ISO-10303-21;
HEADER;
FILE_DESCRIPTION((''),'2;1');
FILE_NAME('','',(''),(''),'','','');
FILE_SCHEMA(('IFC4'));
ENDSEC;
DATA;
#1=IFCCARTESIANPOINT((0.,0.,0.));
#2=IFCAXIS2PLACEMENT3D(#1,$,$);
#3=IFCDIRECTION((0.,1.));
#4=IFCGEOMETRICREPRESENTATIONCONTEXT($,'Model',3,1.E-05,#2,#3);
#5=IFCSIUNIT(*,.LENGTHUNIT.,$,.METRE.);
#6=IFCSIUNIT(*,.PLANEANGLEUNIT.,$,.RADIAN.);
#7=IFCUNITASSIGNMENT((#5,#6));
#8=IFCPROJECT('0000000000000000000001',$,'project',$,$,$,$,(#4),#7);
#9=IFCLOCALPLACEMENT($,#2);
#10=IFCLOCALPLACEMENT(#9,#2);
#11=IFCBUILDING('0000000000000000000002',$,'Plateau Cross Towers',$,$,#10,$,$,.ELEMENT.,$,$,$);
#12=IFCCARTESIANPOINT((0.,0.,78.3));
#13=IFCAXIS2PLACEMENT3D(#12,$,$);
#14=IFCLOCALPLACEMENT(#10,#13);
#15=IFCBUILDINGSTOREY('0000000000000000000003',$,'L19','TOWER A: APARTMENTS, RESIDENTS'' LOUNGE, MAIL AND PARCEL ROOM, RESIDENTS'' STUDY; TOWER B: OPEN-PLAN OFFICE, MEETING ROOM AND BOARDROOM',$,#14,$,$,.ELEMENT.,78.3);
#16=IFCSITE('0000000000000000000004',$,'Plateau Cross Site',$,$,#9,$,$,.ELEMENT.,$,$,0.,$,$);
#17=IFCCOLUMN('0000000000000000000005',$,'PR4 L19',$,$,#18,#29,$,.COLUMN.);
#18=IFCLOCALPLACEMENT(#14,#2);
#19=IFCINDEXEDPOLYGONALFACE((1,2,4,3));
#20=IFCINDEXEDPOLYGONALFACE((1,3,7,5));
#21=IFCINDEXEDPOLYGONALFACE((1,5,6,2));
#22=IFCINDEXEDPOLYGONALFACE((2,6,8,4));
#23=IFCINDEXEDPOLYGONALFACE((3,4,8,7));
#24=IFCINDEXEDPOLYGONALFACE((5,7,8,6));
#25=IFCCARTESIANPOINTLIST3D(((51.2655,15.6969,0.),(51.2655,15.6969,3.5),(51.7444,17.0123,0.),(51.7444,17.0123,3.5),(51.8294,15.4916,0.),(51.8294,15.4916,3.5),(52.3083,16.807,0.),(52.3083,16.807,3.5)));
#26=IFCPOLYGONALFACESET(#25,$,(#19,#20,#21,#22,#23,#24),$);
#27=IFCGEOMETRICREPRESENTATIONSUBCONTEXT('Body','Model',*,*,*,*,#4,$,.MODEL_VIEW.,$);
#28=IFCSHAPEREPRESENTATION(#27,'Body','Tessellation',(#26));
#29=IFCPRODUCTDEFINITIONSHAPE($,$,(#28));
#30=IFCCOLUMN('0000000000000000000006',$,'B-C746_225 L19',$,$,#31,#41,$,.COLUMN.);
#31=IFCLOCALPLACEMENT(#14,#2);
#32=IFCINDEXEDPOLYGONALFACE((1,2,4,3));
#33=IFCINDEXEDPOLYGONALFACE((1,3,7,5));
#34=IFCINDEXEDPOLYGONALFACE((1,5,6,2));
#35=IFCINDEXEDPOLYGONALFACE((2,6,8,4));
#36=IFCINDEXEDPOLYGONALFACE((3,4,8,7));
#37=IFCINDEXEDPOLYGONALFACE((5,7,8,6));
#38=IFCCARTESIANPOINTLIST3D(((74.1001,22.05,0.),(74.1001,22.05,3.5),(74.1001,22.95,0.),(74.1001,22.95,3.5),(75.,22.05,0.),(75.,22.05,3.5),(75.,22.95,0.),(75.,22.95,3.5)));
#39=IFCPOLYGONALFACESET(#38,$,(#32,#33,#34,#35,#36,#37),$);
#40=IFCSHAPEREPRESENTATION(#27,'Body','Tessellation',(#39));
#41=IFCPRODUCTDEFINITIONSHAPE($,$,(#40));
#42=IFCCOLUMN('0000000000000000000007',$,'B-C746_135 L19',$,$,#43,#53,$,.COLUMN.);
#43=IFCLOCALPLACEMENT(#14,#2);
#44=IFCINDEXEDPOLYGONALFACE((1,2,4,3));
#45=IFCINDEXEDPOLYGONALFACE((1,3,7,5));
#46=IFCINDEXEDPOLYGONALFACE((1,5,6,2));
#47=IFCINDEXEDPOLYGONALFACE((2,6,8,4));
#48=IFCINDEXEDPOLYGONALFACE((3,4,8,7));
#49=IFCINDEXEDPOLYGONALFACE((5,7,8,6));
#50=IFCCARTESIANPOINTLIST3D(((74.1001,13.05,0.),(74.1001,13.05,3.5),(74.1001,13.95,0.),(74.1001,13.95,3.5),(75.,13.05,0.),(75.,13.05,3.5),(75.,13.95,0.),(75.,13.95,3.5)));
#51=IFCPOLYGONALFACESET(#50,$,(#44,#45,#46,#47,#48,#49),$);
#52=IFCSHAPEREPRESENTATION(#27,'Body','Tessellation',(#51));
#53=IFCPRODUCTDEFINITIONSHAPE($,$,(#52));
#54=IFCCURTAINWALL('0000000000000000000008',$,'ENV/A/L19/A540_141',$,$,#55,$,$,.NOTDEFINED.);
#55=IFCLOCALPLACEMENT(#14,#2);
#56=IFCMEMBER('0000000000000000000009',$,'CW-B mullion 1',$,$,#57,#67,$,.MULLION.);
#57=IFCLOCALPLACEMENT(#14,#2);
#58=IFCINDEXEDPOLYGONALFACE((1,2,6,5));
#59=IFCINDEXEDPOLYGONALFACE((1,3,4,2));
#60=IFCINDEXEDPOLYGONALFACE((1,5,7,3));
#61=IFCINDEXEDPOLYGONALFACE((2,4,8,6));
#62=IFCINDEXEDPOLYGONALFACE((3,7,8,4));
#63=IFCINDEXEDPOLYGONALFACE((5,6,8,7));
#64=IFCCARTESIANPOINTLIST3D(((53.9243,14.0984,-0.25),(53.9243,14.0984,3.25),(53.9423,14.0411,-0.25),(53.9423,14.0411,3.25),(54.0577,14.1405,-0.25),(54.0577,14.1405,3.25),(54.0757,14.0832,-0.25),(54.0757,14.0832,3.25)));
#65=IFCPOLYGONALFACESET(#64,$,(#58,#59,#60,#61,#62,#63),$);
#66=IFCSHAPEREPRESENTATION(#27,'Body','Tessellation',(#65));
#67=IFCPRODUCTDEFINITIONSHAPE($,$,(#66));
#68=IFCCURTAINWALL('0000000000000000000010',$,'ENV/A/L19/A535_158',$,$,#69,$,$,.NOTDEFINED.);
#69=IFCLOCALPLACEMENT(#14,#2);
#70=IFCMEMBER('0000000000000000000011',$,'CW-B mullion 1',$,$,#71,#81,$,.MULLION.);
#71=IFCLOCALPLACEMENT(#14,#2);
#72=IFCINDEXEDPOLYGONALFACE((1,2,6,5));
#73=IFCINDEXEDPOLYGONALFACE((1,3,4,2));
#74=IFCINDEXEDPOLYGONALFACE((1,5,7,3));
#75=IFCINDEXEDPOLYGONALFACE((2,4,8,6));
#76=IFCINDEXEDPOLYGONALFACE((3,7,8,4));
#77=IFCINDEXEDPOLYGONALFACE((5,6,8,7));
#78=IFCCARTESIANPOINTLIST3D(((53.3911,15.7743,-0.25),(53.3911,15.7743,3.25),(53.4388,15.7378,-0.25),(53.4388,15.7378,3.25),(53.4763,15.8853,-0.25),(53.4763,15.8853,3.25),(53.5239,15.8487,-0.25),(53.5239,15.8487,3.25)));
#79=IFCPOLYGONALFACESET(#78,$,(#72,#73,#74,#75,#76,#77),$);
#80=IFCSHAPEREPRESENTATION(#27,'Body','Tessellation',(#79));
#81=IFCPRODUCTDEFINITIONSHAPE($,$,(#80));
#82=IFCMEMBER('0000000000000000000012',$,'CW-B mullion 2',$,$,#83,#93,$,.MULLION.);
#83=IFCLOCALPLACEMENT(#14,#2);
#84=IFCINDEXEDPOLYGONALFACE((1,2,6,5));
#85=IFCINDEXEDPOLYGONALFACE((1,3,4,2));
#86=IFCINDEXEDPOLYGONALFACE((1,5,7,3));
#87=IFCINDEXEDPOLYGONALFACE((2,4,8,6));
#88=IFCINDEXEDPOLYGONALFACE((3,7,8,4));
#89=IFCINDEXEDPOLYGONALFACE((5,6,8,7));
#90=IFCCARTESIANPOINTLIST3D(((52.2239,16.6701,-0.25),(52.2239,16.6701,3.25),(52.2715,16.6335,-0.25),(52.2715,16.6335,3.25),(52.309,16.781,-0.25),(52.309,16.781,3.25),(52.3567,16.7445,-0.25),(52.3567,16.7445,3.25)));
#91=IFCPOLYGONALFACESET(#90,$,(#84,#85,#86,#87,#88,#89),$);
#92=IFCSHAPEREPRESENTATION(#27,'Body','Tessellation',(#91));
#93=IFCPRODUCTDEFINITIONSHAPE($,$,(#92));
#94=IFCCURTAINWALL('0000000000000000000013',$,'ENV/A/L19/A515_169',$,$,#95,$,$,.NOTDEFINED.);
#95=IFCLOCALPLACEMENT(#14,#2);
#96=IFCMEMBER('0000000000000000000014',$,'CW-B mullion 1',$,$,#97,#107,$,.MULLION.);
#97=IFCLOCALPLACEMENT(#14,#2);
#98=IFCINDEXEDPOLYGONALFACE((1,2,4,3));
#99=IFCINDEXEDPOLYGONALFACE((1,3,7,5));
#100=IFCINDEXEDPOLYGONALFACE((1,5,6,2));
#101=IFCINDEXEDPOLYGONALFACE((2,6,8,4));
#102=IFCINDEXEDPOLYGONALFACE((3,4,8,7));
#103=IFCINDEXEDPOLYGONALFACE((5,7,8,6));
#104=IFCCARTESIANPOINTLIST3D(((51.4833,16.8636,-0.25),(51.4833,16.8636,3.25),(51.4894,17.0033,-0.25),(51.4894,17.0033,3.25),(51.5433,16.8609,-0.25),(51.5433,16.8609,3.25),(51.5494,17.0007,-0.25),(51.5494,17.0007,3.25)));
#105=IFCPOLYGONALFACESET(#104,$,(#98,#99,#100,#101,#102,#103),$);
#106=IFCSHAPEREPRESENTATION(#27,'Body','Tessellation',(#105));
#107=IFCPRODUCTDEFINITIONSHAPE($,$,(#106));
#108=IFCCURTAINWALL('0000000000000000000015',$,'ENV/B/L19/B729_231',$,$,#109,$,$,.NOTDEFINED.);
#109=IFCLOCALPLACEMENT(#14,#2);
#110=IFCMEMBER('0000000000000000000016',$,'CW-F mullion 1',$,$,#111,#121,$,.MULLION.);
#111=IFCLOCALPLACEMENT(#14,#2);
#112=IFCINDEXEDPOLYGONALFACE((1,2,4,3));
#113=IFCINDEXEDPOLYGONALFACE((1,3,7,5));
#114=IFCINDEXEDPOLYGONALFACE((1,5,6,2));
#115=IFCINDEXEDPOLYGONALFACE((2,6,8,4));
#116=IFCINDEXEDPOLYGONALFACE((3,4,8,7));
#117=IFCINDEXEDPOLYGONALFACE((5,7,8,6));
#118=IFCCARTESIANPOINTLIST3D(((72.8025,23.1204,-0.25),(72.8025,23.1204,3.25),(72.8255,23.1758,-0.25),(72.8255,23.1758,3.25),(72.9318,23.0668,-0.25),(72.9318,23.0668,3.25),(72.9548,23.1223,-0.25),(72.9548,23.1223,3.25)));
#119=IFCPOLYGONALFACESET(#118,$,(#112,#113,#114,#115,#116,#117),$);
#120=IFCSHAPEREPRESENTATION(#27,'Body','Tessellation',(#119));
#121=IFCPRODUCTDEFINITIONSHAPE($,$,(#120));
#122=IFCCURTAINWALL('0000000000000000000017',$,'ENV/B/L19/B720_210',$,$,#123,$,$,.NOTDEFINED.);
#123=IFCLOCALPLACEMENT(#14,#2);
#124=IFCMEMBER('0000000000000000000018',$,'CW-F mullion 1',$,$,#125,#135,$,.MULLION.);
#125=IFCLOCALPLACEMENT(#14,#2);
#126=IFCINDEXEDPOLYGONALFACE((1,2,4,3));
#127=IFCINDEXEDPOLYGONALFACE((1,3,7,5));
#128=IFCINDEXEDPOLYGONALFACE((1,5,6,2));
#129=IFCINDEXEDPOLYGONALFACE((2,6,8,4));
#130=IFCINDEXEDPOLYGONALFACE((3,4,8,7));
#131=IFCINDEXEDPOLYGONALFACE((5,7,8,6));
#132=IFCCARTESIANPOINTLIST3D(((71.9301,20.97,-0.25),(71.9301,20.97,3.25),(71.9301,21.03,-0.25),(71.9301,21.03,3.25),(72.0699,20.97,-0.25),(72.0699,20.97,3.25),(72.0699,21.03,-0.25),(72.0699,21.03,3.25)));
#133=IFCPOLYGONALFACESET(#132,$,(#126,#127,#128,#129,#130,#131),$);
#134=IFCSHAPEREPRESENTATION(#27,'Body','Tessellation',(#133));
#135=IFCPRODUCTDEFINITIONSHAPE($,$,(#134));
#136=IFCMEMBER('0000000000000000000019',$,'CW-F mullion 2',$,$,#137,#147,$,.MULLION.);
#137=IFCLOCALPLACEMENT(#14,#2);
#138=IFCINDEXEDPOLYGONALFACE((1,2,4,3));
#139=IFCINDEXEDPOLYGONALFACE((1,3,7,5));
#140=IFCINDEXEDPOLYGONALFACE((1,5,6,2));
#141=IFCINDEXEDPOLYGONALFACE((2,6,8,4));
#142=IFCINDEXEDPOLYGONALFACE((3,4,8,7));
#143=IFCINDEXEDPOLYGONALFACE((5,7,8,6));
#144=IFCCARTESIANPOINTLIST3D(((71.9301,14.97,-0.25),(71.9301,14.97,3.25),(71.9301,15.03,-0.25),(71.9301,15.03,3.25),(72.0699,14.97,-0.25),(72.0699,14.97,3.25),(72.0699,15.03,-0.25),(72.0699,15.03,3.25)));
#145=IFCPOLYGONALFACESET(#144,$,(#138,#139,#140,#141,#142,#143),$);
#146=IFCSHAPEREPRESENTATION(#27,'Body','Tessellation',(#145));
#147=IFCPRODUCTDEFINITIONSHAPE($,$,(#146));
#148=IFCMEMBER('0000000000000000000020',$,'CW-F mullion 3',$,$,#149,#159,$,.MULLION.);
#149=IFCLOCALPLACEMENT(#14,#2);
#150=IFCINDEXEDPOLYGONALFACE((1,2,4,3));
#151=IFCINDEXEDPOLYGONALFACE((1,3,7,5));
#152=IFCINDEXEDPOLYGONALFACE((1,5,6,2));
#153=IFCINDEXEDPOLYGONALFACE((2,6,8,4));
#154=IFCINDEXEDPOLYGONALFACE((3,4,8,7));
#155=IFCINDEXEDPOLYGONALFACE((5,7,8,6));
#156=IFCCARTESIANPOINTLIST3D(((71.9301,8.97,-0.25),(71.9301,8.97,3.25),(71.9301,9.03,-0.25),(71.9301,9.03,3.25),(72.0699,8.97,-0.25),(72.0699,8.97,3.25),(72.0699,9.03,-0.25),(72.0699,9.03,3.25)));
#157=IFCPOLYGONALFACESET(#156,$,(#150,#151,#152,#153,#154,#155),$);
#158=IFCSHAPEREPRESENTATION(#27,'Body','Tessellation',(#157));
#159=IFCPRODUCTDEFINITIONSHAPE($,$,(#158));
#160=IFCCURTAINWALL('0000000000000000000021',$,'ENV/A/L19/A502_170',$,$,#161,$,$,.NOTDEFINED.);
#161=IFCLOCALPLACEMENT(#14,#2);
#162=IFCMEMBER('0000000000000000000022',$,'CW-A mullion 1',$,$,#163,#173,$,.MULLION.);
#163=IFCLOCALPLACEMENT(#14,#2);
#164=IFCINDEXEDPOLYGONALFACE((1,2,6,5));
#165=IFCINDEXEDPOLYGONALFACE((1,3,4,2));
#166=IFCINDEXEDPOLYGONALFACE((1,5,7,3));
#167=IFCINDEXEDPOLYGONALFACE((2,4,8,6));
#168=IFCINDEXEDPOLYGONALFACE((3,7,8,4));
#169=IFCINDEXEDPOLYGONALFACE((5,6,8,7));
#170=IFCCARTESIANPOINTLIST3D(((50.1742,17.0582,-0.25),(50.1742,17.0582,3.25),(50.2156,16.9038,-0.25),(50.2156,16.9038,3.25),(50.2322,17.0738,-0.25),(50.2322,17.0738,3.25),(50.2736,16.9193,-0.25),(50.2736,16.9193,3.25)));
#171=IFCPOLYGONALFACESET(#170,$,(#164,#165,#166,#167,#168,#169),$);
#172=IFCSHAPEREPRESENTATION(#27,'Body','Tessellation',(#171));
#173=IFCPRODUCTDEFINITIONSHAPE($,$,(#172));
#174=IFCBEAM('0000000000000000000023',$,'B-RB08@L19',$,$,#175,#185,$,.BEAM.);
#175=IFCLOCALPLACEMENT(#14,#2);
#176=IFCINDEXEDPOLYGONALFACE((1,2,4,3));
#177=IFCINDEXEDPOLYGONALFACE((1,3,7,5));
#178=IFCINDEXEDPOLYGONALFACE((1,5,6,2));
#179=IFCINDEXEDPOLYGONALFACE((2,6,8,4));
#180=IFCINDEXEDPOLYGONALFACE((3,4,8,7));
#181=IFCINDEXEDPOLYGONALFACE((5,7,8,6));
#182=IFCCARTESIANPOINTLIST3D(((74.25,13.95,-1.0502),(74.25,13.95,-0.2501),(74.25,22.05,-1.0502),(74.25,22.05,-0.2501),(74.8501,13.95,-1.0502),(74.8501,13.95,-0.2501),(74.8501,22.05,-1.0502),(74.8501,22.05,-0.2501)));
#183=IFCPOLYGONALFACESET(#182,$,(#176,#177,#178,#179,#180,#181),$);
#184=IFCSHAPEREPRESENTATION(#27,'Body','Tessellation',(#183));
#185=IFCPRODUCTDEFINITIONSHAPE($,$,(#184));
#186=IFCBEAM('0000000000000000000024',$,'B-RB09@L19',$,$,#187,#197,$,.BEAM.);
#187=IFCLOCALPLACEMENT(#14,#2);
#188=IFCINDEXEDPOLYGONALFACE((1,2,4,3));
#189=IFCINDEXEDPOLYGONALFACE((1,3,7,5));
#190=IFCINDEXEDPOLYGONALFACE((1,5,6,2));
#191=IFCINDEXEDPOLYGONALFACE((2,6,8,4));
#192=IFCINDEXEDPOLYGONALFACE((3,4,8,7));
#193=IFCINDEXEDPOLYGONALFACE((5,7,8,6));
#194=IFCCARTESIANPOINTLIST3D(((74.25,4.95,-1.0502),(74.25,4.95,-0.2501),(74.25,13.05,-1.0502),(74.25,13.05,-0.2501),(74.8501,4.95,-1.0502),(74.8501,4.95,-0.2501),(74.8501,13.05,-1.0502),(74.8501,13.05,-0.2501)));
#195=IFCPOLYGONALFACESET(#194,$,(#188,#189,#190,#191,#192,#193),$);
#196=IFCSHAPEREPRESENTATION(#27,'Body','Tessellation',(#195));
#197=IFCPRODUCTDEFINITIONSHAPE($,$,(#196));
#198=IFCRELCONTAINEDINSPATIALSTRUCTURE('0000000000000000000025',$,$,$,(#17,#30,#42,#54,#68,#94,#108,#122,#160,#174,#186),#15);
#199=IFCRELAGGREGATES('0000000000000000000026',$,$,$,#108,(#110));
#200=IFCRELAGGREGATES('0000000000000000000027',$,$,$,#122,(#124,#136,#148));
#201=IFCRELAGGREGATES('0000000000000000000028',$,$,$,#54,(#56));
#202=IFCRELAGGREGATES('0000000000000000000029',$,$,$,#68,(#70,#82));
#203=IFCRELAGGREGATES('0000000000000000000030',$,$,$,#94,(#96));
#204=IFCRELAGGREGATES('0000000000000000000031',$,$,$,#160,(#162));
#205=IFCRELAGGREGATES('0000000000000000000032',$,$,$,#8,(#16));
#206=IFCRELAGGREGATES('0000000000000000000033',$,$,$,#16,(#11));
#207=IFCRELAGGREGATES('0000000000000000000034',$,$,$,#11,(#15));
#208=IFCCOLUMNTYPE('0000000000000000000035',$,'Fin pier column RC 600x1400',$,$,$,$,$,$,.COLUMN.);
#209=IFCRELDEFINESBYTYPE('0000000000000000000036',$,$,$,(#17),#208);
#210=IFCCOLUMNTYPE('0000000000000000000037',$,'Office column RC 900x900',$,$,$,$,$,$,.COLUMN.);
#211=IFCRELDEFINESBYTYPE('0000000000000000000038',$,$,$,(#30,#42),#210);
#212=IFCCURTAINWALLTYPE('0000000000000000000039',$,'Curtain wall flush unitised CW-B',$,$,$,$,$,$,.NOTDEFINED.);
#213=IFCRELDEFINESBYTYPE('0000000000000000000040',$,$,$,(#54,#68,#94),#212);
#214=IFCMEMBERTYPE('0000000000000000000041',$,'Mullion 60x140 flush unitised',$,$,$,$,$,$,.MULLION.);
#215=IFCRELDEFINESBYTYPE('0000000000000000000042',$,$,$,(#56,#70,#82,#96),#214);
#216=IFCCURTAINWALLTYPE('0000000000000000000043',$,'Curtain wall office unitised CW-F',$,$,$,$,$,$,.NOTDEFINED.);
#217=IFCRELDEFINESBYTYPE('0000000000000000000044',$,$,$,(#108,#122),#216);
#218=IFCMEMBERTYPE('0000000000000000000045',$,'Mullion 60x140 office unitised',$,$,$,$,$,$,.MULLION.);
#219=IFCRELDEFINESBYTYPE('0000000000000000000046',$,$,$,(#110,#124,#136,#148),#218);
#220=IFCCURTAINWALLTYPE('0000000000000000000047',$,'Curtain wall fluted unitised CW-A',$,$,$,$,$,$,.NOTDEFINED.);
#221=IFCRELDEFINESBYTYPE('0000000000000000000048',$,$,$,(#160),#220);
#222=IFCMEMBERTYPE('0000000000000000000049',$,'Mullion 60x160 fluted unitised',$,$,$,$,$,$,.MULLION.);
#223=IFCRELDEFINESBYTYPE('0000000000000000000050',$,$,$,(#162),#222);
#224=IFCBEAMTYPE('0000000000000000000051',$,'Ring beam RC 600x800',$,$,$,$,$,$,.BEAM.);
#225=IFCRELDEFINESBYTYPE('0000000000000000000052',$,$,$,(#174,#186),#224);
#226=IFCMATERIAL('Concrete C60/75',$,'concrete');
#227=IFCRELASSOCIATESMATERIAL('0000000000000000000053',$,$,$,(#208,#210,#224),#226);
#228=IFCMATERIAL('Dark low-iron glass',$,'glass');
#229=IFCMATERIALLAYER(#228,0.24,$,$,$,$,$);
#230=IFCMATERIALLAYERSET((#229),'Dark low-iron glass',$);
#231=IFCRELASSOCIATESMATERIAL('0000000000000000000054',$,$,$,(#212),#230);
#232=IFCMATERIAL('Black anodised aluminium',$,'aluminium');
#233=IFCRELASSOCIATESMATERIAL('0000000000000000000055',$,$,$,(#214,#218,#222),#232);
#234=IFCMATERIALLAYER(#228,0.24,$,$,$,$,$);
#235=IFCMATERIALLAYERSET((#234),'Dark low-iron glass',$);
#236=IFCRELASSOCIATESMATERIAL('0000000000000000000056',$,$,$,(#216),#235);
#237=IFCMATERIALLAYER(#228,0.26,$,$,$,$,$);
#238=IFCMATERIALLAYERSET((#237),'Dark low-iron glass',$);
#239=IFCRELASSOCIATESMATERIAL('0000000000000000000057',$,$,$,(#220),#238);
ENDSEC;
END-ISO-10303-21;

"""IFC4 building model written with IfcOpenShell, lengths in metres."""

from ifc_helpers import new_model, si_unit, direction, frame, origin, origin_2d, place, context, subcontext, project, spatial, rectangle, extrude, material, layer, layer_set, material_profile, profile_set, type_object, element, aggregate, save


model = new_model("IFC4")

# Units and contexts
model_context = context("Model", 3, precision=1e-05, world=origin(), true_north=direction((0.0, 1.0)))
body_context = subcontext(model_context, "Body", "Model", "MODEL_VIEW")
ifc_project = project(units=[si_unit("LENGTHUNIT", "METRE"), si_unit("PLANEANGLEUNIT", "RADIAN")], contexts=[model_context])

# Site, building, storey
site_placement = place(None, origin())
site = spatial("IfcSite", under=ifc_project, at=site_placement, Name="Plateau Cross Site", CompositionType="ELEMENT", RefElevation=0.0)
building_placement = place(site_placement, origin())
building = spatial("IfcBuilding", under=site, at=building_placement, Name="Plateau Cross Towers", CompositionType="ELEMENT")
storey_placement = place(building_placement, frame((0.0, 0.0, 78.3)))
storey = spatial("IfcBuildingStorey", under=building, at=storey_placement, Name="L19", Description="TOWER A: APARTMENTS, RESIDENTS' LOUNGE, MAIL AND PARCEL ROOM, RESIDENTS' STUDY; TOWER B: OPEN-PLAN OFFICE, MEETING ROOM AND BOARDROOM", CompositionType="ELEMENT", Elevation=78.3)

# Columns
ifc_material_1 = material(Name="Concrete C60/75", Category="concrete")
ifc_material_profile_1 = material_profile(ifc_material_1, rectangle(XDim=0.6001, YDim=1.3999, at=origin_2d()), Name="RC 600x1400")
ifc_profile_set_1 = profile_set([ifc_material_profile_1], Name="Concrete C60/75")
column_type_1 = type_object("IfcColumnType", Name="Fin pier column RC 600x1400", PredefinedType="COLUMN", material=ifc_profile_set_1)
column_placement = place(storey_placement, frame((51.7869, 16.252, 0.0), z_axis=(0.0, 0.0, 1.0), x_axis=(-0.939664, 0.342098, 0.0)))
element("IfcColumn", 1, at=column_placement, inside=storey, type_object=column_type_1, Name="PR4 L19", PredefinedType="COLUMN", context=body_context, shape_type="SweptSolid", body=[
    extrude(rectangle(XDim=0.6001, YDim=1.3999, at=origin_2d()), origin(), (0.0, 0.0, 1.0), 3.5),
])
ifc_material_profile_2 = material_profile(ifc_material_1, rectangle(XDim=0.8999, YDim=0.8999, at=origin_2d()), Name="RC 900x900")
ifc_profile_set_2 = profile_set([ifc_material_profile_2], Name="Concrete C60/75")
column_type_2 = type_object("IfcColumnType", Name="Office column RC 900x900", PredefinedType="COLUMN", material=ifc_profile_set_2)
for number, where, z_axis, x_axis, name in (
    (2, (74.55, 22.5, 0.0), (0.0, 0.0, 1.0), (1.0, 0.0, 0.0), "B-C746_225 L19"),
    (3, (74.55, 13.5, 0.0), (0.0, 0.0, 1.0), (1.0, 0.0, 0.0), "B-C746_135 L19"),
):
    element("IfcColumn", number, at=place(storey_placement, frame(where, z_axis=z_axis, x_axis=x_axis)), inside=storey, type_object=column_type_2, Name=name, PredefinedType="COLUMN", context=body_context, shape_type="SweptSolid", body=[
        extrude(rectangle(XDim=0.8999, YDim=0.8999, at=origin_2d()), origin(), (0.0, 0.0, 1.0), 3.5),
    ])

# Curtain wall, member
ifc_material_2 = material(Name="Dark low-iron glass", Category="glass")
ifc_layer_1 = layer(ifc_material_2, 0.24)
ifc_layer_set_1 = layer_set([ifc_layer_1], Name="Dark low-iron glass")
curtain_wall_type_1 = type_object("IfcCurtainWallType", Name="Curtain wall flush unitised CW-B", PredefinedType="NOTDEFINED", material=ifc_layer_set_1)
curtain_wall_1_placement = place(storey_placement, origin())
curtain_wall_1 = element("IfcCurtainWall", 4, at=curtain_wall_1_placement, inside=storey, type_object=curtain_wall_type_1, Name="ENV/A/L19/A540_141", PredefinedType="NOTDEFINED")
ifc_material_3 = material(Name="Black anodised aluminium", Category="aluminium")
ifc_material_profile_3 = material_profile(ifc_material_3, rectangle(XDim=0.0601, YDim=0.1399, at=origin_2d()), Name="MULLION 60x140")
ifc_profile_set_3 = profile_set([ifc_material_profile_3], Name="Black anodised aluminium")
member_type_1 = type_object("IfcMemberType", Name="Mullion 60x140 flush unitised", PredefinedType="MULLION", material=ifc_profile_set_3)
member_1_placement = place(storey_placement, frame((54.0, 14.0908, -0.25), z_axis=(0.0, 0.0, 1.0), x_axis=(-0.300686, 0.953723, 0.0)))
member_1 = element("IfcMember", 5, at=member_1_placement, type_object=member_type_1, Name="CW-B mullion 1", PredefinedType="MULLION", context=body_context, shape_type="SweptSolid", body=[
    extrude(rectangle(XDim=0.0601, YDim=0.1399, at=origin_2d()), origin(), (0.0, 0.0, 1.0), 3.5),
])

# Curtain wall, members
curtain_wall_2_placement = place(storey_placement, origin())
curtain_wall_2 = element("IfcCurtainWall", 6, at=curtain_wall_2_placement, inside=storey, type_object=curtain_wall_type_1, Name="ENV/A/L19/A535_158", PredefinedType="NOTDEFINED")
member_2_placement = place(storey_placement, frame((53.4575, 15.8115, -0.25), z_axis=(0.0, 0.0, 1.0), x_axis=(-0.793316, 0.608811, 0.0)))
member_2 = element("IfcMember", 7, at=member_2_placement, type_object=member_type_1, Name="CW-B mullion 1", PredefinedType="MULLION", context=body_context, shape_type="SweptSolid", body=[
    extrude(rectangle(XDim=0.0601, YDim=0.1399, at=origin_2d()), origin(), (0.0, 0.0, 1.0), 3.5),
])
member_3_placement = place(storey_placement, frame((52.2903, 16.7073, -0.25), z_axis=(0.0, 0.0, 1.0), x_axis=(-0.793316, 0.608811, 0.0)))
member_3 = element("IfcMember", 8, at=member_3_placement, type_object=member_type_1, Name="CW-B mullion 2", PredefinedType="MULLION", context=body_context, shape_type="SweptSolid", body=[
    extrude(rectangle(XDim=0.0601, YDim=0.1399, at=origin_2d()), origin(), (0.0, 0.0, 1.0), 3.5),
])

# Curtain walls, members
curtain_wall_3_placement = place(storey_placement, origin())
curtain_wall_3 = element("IfcCurtainWall", 9, at=curtain_wall_3_placement, inside=storey, type_object=curtain_wall_type_1, Name="ENV/A/L19/A515_169", PredefinedType="NOTDEFINED")
member_4_placement = place(storey_placement, frame((51.5164, 16.9321, -0.25), z_axis=(0.0, 0.0, 1.0), x_axis=(-0.999044, 0.043723, 0.0)))
member_4 = element("IfcMember", 10, at=member_4_placement, type_object=member_type_1, Name="CW-B mullion 1", PredefinedType="MULLION", context=body_context, shape_type="SweptSolid", body=[
    extrude(rectangle(XDim=0.0601, YDim=0.1399, at=origin_2d()), origin(), (0.0, 0.0, 1.0), 3.5),
])
ifc_layer_2 = layer(ifc_material_2, 0.24)
ifc_layer_set_2 = layer_set([ifc_layer_2], Name="Dark low-iron glass")
curtain_wall_type_2 = type_object("IfcCurtainWallType", Name="Curtain wall office unitised CW-F", PredefinedType="NOTDEFINED", material=ifc_layer_set_2)
curtain_wall_4_placement = place(storey_placement, origin())
curtain_wall_4 = element("IfcCurtainWall", 11, at=curtain_wall_4_placement, inside=storey, type_object=curtain_wall_type_2, Name="ENV/B/L19/B729_231", PredefinedType="NOTDEFINED")
ifc_material_profile_4 = material_profile(ifc_material_3, rectangle(XDim=0.0601, YDim=0.1399, at=origin_2d()), Name="MULLION 60x140")
ifc_profile_set_4 = profile_set([ifc_material_profile_4], Name="Black anodised aluminium")
member_type_2 = type_object("IfcMemberType", Name="Mullion 60x140 office unitised", PredefinedType="MULLION", material=ifc_profile_set_4)
member_5_placement = place(storey_placement, frame((72.8787, 23.1213, -0.25), z_axis=(0.0, 0.0, 1.0), x_axis=(-0.382684, -0.923879, 0.0)))
member_5 = element("IfcMember", 12, at=member_5_placement, type_object=member_type_2, Name="CW-F mullion 1", PredefinedType="MULLION", context=body_context, shape_type="SweptSolid", body=[
    extrude(rectangle(XDim=0.0601, YDim=0.1399, at=origin_2d()), origin(), (0.0, 0.0, 1.0), 3.5),
])

# Curtain wall, members
curtain_wall_5_placement = place(storey_placement, origin())
curtain_wall_5 = element("IfcCurtainWall", 13, at=curtain_wall_5_placement, inside=storey, type_object=curtain_wall_type_2, Name="ENV/B/L19/B720_210", PredefinedType="NOTDEFINED")
member_6_placement = place(storey_placement, frame((72.0, 21.0, -0.25), z_axis=(0.0, 0.0, 1.0), x_axis=(0.0, -1.0, 0.0)))
member_6 = element("IfcMember", 14, at=member_6_placement, type_object=member_type_2, Name="CW-F mullion 1", PredefinedType="MULLION", context=body_context, shape_type="SweptSolid", body=[
    extrude(rectangle(XDim=0.0601, YDim=0.1399, at=origin_2d()), origin(), (0.0, 0.0, 1.0), 3.5),
])
member_7_placement = place(storey_placement, frame((72.0, 15.0, -0.25), z_axis=(0.0, 0.0, 1.0), x_axis=(0.0, -1.0, 0.0)))
member_7 = element("IfcMember", 15, at=member_7_placement, type_object=member_type_2, Name="CW-F mullion 2", PredefinedType="MULLION", context=body_context, shape_type="SweptSolid", body=[
    extrude(rectangle(XDim=0.0601, YDim=0.1399, at=origin_2d()), origin(), (0.0, 0.0, 1.0), 3.5),
])
member_8_placement = place(storey_placement, frame((72.0, 9.0, -0.25), z_axis=(0.0, 0.0, 1.0), x_axis=(0.0, -1.0, 0.0)))
member_8 = element("IfcMember", 16, at=member_8_placement, type_object=member_type_2, Name="CW-F mullion 3", PredefinedType="MULLION", context=body_context, shape_type="SweptSolid", body=[
    extrude(rectangle(XDim=0.0601, YDim=0.1399, at=origin_2d()), origin(), (0.0, 0.0, 1.0), 3.5),
])

# Curtain wall, member
ifc_layer_3 = layer(ifc_material_2, 0.26)
ifc_layer_set_3 = layer_set([ifc_layer_3], Name="Dark low-iron glass")
curtain_wall_type_3 = type_object("IfcCurtainWallType", Name="Curtain wall fluted unitised CW-A", PredefinedType="NOTDEFINED", material=ifc_layer_set_3)
curtain_wall_6_placement = place(storey_placement, origin())
curtain_wall_6 = element("IfcCurtainWall", 17, at=curtain_wall_6_placement, inside=storey, type_object=curtain_wall_type_3, Name="ENV/A/L19/A502_170", PredefinedType="NOTDEFINED")
ifc_material_profile_5 = material_profile(ifc_material_3, rectangle(XDim=0.0601, YDim=0.1599, at=origin_2d()), Name="MULLION 60x160")
ifc_profile_set_5 = profile_set([ifc_material_profile_5], Name="Black anodised aluminium")
member_type_3 = type_object("IfcMemberType", Name="Mullion 60x160 fluted unitised", PredefinedType="MULLION", material=ifc_profile_set_5)
member_9_placement = place(storey_placement, frame((50.2239, 16.9888, -0.25), z_axis=(0.0, 0.0, 1.0), x_axis=(-0.965958, -0.258699, 0.0)))
member_9 = element("IfcMember", 18, at=member_9_placement, type_object=member_type_3, Name="CW-A mullion 1", PredefinedType="MULLION", context=body_context, shape_type="SweptSolid", body=[
    extrude(rectangle(XDim=0.0601, YDim=0.1599, at=origin_2d()), origin(), (0.0, 0.0, 1.0), 3.5),
])

# Beams
ifc_material_profile_6 = material_profile(ifc_material_1, rectangle(XDim=0.6001, YDim=0.8, at=origin_2d()), Name="RC 600x800")
ifc_profile_set_6 = profile_set([ifc_material_profile_6], Name="Concrete C60/75")
beam_type = type_object("IfcBeamType", Name="Ring beam RC 600x800", PredefinedType="BEAM", material=ifc_profile_set_6)
for number, where, z_axis, x_axis, name in (
    (19, (74.55, 22.05, -0.6501), (0.0, -1.0, 0.0), (1.0, 0.0, 0.0), "B-RB08@L19"),
    (20, (74.55, 13.05, -0.6501), (0.0, -1.0, 0.0), (1.0, 0.0, 0.0), "B-RB09@L19"),
):
    element("IfcBeam", number, at=place(storey_placement, frame(where, z_axis=z_axis, x_axis=x_axis)), inside=storey, type_object=beam_type, Name=name, PredefinedType="BEAM", context=body_context, shape_type="SweptSolid", body=[
        extrude(rectangle(XDim=0.6001, YDim=0.8, at=origin_2d()), origin(), (0.0, 0.0, 1.0), 8.1001),
    ])

aggregate(curtain_wall_4, [member_5])
aggregate(curtain_wall_5, [member_6, member_7, member_8])

aggregate(curtain_wall_1, [member_1])
aggregate(curtain_wall_2, [member_2, member_3])
aggregate(curtain_wall_3, [member_4])
aggregate(curtain_wall_6, [member_9])

save(model, "model.ifc")
